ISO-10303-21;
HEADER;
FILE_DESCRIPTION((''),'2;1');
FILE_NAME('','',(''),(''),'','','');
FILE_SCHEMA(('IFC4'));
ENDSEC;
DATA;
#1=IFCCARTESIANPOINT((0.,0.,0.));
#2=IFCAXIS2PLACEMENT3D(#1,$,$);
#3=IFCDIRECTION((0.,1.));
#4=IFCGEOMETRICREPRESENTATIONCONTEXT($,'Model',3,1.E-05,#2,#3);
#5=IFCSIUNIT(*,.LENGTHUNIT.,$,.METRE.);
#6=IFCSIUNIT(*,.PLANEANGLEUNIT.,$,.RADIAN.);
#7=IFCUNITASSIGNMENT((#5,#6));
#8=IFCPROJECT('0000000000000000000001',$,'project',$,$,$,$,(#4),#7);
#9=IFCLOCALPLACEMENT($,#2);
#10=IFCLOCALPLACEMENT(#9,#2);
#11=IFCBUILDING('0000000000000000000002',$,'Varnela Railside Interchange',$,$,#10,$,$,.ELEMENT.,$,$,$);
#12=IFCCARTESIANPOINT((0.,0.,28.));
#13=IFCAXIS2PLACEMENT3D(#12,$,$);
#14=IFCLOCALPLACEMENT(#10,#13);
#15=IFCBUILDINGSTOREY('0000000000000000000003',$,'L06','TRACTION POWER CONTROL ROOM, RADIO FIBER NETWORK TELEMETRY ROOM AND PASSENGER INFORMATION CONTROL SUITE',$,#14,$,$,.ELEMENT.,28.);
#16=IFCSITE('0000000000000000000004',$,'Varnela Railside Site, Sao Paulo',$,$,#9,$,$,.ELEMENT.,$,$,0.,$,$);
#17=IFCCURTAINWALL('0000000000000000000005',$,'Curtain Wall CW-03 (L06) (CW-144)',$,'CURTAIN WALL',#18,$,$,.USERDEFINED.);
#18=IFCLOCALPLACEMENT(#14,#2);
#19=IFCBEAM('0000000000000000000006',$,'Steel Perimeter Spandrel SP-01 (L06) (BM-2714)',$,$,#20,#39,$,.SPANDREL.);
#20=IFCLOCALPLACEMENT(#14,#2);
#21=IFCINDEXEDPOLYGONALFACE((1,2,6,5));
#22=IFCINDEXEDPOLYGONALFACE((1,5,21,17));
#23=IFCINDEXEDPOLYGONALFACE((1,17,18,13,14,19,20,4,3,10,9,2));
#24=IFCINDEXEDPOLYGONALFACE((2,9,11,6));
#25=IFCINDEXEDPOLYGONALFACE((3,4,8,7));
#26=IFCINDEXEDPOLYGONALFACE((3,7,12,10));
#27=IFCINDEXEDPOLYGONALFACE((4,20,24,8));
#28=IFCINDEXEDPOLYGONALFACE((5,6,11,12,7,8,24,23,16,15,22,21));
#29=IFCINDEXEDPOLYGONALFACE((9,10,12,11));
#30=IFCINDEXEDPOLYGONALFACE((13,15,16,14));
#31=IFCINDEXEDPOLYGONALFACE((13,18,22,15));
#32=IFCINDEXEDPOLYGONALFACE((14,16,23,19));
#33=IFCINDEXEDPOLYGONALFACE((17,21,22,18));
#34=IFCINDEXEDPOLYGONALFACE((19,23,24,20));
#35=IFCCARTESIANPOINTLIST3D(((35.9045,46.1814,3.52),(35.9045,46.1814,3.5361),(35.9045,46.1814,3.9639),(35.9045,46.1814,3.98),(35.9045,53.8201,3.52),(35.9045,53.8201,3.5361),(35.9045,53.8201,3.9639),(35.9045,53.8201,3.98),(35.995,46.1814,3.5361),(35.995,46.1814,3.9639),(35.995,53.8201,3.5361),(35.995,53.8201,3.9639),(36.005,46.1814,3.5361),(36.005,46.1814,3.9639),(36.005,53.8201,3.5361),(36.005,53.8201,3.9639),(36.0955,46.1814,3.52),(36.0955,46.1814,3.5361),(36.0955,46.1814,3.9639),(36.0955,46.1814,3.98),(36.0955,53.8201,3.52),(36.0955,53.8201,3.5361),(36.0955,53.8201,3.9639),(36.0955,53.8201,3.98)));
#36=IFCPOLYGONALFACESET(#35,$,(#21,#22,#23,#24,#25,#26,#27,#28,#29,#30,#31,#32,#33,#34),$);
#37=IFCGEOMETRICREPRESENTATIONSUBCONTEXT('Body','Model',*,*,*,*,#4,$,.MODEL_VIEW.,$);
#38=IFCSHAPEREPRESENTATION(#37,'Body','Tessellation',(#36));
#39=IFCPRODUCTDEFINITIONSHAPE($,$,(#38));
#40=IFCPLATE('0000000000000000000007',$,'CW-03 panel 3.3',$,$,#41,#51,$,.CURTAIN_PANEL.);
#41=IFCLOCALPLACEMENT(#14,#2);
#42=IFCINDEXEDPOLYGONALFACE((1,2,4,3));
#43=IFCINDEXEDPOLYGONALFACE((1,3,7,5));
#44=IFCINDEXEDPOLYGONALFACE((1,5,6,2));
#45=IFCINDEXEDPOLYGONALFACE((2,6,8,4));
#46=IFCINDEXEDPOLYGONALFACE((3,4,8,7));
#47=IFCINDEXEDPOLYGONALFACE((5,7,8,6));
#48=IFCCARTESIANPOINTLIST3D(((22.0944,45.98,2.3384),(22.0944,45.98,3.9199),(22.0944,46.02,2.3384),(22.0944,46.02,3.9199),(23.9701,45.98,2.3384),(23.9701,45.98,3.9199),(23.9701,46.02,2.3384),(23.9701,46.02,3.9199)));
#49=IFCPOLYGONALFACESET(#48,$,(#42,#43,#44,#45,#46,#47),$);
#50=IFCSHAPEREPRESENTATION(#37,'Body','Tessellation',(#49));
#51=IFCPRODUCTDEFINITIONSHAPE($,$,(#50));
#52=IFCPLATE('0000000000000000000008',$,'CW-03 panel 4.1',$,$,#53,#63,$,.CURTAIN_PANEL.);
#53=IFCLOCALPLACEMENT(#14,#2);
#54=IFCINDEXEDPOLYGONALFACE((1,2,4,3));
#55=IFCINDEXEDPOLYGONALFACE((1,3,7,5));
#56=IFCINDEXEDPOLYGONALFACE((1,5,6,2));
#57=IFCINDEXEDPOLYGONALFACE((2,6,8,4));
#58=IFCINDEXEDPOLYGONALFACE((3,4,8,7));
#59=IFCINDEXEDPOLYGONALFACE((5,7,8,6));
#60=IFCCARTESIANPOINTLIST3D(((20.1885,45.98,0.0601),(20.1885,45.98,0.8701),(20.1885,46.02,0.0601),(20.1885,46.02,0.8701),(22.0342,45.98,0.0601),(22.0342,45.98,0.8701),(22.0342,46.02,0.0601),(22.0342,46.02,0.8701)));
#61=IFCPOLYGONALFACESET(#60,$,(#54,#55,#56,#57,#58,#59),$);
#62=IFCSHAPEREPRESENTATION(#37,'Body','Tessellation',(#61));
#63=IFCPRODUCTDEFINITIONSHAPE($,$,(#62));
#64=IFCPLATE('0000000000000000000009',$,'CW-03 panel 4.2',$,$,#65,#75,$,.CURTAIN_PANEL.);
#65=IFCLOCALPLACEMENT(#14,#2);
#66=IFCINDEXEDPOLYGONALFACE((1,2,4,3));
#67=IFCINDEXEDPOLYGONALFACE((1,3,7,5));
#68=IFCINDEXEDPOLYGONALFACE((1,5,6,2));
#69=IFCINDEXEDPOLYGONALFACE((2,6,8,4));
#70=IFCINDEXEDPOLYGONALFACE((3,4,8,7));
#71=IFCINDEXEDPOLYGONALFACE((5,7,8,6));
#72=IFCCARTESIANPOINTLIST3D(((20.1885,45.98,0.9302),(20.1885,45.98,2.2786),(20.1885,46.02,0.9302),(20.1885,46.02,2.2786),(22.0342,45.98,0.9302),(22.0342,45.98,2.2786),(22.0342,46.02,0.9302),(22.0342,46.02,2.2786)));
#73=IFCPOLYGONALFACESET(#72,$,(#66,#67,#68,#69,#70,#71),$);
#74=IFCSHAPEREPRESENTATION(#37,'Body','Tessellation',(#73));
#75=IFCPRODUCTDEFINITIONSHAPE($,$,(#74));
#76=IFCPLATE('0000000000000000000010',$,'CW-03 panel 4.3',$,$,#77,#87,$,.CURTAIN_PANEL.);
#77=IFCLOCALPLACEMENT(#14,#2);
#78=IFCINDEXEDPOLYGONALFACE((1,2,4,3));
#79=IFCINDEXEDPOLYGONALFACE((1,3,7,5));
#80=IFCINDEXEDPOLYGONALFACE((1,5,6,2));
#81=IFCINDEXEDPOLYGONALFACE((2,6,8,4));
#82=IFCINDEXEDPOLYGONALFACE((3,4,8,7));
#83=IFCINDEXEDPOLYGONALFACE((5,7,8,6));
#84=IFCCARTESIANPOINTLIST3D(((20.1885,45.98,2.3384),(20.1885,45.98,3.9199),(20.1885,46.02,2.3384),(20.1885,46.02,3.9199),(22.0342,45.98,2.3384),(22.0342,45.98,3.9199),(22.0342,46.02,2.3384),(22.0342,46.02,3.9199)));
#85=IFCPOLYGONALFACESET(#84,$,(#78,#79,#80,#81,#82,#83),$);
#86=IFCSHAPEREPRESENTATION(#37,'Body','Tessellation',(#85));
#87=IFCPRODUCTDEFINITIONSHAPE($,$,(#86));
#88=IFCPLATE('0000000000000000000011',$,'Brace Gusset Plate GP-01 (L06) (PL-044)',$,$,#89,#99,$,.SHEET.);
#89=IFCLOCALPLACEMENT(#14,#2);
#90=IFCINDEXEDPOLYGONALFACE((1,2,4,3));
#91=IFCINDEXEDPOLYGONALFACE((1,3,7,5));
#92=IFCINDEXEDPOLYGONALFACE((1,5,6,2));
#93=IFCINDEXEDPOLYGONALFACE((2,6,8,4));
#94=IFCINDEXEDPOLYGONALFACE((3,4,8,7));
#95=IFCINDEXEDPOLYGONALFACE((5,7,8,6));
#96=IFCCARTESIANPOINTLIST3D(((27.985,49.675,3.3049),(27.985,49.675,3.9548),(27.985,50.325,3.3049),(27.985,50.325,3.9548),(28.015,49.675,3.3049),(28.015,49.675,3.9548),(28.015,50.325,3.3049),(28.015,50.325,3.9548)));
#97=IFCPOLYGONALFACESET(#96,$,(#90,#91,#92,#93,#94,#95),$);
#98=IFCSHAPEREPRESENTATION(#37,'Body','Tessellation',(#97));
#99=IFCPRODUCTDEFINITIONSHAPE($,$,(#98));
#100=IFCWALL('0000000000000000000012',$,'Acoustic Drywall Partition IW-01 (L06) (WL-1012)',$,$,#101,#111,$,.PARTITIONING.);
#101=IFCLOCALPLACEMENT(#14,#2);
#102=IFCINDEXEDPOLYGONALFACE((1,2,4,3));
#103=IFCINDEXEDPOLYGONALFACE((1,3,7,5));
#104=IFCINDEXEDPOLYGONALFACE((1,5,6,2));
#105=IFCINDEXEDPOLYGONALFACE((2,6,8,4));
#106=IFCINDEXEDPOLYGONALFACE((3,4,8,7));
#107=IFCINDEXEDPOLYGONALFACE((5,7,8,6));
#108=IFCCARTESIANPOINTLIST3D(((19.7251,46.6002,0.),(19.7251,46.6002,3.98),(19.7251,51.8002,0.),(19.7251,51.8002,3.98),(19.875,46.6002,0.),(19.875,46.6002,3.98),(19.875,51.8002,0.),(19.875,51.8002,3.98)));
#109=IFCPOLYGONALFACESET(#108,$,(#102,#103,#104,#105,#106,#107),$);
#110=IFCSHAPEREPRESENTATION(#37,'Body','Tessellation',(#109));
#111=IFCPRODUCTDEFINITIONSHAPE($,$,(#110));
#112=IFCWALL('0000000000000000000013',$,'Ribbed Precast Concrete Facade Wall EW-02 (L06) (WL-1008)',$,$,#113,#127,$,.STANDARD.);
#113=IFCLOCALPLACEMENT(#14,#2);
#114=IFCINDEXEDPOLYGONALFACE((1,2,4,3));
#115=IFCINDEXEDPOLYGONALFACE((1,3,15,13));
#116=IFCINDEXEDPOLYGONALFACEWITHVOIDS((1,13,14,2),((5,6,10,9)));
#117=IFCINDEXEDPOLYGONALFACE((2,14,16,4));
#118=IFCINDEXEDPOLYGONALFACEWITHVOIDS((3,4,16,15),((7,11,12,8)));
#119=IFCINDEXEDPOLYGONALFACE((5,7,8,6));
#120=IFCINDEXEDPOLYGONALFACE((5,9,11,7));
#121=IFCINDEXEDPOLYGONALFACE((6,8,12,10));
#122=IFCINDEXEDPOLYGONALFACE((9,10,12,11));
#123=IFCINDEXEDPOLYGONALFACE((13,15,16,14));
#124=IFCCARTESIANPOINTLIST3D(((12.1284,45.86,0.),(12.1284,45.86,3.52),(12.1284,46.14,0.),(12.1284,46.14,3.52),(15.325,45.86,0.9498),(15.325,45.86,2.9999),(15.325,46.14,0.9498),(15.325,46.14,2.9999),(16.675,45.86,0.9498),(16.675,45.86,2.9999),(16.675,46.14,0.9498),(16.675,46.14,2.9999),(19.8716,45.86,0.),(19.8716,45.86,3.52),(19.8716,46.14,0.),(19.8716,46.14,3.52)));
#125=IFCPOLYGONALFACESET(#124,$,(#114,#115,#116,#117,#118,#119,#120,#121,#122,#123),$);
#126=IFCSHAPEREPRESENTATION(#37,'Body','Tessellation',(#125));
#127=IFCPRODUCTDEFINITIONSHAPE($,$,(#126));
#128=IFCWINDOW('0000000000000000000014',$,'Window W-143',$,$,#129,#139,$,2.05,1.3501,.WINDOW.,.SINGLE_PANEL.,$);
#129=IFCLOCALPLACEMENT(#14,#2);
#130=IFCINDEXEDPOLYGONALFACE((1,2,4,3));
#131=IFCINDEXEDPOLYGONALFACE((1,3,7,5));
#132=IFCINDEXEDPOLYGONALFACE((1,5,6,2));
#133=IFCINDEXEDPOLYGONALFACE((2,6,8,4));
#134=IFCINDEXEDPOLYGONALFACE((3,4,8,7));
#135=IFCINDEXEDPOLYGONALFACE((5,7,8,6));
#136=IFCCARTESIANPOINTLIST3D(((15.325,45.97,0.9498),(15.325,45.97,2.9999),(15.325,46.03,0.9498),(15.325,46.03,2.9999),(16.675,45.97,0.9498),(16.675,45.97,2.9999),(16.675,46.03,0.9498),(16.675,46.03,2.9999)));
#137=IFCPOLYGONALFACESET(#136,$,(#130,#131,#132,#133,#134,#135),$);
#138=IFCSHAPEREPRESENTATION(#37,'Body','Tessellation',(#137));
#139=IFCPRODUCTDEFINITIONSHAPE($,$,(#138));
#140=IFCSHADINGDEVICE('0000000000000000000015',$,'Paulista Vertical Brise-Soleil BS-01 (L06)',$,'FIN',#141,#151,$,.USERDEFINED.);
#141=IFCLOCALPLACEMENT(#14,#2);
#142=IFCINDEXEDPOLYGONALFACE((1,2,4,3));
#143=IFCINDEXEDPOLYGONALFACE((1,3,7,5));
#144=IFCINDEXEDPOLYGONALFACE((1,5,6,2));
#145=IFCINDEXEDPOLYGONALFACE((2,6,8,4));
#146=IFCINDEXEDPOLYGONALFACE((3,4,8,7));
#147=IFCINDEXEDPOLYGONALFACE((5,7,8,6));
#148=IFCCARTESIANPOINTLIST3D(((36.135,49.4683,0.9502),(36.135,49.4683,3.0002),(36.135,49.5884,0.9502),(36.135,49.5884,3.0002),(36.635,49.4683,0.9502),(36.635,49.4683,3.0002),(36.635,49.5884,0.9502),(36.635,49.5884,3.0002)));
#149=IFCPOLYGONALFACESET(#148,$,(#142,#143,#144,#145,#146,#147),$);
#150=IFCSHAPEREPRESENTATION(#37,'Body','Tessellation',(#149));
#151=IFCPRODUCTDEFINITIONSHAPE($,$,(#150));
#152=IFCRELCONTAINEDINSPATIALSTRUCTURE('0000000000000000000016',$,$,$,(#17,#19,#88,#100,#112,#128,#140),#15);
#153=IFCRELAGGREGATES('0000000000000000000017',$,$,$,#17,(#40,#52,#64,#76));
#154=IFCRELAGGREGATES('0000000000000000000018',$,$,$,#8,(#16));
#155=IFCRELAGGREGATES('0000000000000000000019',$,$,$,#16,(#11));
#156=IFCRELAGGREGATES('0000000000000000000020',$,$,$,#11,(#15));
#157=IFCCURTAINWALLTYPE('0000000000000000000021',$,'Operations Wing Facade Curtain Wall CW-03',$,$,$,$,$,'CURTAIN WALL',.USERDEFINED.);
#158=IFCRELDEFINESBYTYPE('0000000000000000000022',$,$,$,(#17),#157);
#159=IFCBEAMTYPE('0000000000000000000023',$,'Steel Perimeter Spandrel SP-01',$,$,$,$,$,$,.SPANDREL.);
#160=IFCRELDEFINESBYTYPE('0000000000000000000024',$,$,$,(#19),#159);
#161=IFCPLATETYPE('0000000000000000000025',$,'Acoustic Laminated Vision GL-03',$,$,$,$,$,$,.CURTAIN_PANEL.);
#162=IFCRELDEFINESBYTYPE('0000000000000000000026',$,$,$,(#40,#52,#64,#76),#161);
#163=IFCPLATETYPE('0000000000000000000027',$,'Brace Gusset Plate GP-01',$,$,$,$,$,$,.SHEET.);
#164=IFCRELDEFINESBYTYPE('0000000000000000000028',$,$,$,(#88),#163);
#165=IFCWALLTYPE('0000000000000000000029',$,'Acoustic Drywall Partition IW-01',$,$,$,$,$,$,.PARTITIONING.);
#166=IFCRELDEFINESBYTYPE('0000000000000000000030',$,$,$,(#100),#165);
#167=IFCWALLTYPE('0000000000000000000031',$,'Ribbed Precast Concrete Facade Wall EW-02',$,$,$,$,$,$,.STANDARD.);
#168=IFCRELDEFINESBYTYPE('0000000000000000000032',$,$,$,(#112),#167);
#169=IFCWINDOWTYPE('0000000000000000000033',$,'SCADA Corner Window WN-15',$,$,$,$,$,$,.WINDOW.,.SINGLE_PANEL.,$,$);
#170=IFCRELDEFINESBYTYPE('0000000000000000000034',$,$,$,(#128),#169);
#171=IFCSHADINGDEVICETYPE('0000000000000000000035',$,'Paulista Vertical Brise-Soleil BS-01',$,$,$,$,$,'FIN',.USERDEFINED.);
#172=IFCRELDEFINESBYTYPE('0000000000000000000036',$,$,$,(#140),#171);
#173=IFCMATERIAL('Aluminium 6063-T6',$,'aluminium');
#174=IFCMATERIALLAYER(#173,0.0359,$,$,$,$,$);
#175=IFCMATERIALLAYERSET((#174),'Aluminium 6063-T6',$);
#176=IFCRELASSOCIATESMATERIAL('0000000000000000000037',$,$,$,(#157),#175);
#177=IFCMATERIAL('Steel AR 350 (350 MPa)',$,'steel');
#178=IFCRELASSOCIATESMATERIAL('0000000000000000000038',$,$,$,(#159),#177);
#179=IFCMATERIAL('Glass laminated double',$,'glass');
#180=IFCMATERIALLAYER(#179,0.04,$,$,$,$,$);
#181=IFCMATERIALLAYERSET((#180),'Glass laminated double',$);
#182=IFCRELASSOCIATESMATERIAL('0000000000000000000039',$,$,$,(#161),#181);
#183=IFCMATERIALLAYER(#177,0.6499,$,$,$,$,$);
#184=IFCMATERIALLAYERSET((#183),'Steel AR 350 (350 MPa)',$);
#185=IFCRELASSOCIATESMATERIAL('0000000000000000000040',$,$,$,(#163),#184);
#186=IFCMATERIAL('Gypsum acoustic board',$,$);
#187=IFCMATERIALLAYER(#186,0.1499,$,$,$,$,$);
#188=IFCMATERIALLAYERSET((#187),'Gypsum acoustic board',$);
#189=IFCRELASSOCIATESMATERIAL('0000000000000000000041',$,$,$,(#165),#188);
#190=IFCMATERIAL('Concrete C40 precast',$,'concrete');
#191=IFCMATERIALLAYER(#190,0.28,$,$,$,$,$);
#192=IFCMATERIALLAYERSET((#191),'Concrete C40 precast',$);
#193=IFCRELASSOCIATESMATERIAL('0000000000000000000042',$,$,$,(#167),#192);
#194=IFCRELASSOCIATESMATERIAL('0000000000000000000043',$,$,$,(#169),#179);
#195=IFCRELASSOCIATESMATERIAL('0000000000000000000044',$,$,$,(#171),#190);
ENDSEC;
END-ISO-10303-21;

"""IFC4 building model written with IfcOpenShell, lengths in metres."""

from ifc_helpers import new_model, si_unit, direction, frame, frame_2d, origin, origin_2d, place, context, subcontext, project, spatial, rectangle, i_section, extrude, material, layer, layer_set, material_profile, profile_set, type_object, element, fill, aggregate, save


model = new_model("IFC4")

# Units and contexts
model_context = context("Model", 3, precision=1e-05, world=origin(), true_north=direction((0.0, 1.0)))
body_context = subcontext(model_context, "Body", "Model", "MODEL_VIEW")
ifc_project = project(units=[si_unit("LENGTHUNIT", "METRE"), si_unit("PLANEANGLEUNIT", "RADIAN")], contexts=[model_context])

# Site, building, storey
site_placement = place(None, origin())
site = spatial("IfcSite", under=ifc_project, at=site_placement, Name="Varnela Railside Site, Sao Paulo", CompositionType="ELEMENT", RefElevation=0.0)
building_placement = place(site_placement, origin())
building = spatial("IfcBuilding", under=site, at=building_placement, Name="Varnela Railside Interchange", CompositionType="ELEMENT")
storey_placement = place(building_placement, frame((0.0, 0.0, 28.0)))
storey = spatial("IfcBuildingStorey", under=building, at=storey_placement, Name="L06", Description="TRACTION POWER CONTROL ROOM, RADIO FIBER NETWORK TELEMETRY ROOM AND PASSENGER INFORMATION CONTROL SUITE", CompositionType="ELEMENT", Elevation=28.0)

# Shared definitions
ifc_material_1 = material(Name="Steel AR 350 (350 MPa)", Category="steel")

# Curtain wall
ifc_material_2 = material(Name="Aluminium 6063-T6", Category="aluminium")
ifc_layer_1 = layer(ifc_material_2, 0.0359)
ifc_layer_set_1 = layer_set([ifc_layer_1], Name="Aluminium 6063-T6")
curtain_wall_type = type_object("IfcCurtainWallType", Name="Operations Wing Facade Curtain Wall CW-03", ElementType="CURTAIN WALL", PredefinedType="USERDEFINED", material=ifc_layer_set_1)
curtain_wall_placement = place(storey_placement, origin())
curtain_wall = element("IfcCurtainWall", 1, at=curtain_wall_placement, inside=storey, type_object=curtain_wall_type, Name="Curtain Wall CW-03 (L06) (CW-144)", ObjectType="CURTAIN WALL", PredefinedType="USERDEFINED")

# Beam
ifc_material_profile_1 = material_profile(ifc_material_1, i_section(OverallWidth=0.1909, OverallDepth=0.46, WebThickness=0.01, FlangeThickness=0.0161, at=origin_2d()), Name="W460x82")
ifc_profile_set_1 = profile_set([ifc_material_profile_1], Name="Steel AR 350 (350 MPa)")
beam_type_1 = type_object("IfcBeamType", Name="Steel Perimeter Spandrel SP-01", PredefinedType="SPANDREL", material=ifc_profile_set_1)
for number, where, z_axis, x_axis, name in (
    (2, (36.0, 46.1814, 3.75), (0.0, 1.0, 0.0), (-1.0, 0.0, 0.0), "Steel Perimeter Spandrel SP-01 (L06) (BM-2714)"),
):
    element("IfcBeam", number, at=place(storey_placement, frame(where, z_axis=z_axis, x_axis=x_axis)), inside=storey, type_object=beam_type_1, Name=name, PredefinedType="SPANDREL", context=body_context, shape_type="SweptSolid", body=[
        extrude(i_section(OverallWidth=0.1909, OverallDepth=0.46, WebThickness=0.01, FlangeThickness=0.0161, at=origin_2d()), origin(), (0.0, 0.0, 1.0), 7.6387),
    ])

# Plates
ifc_material_3 = material(Name="Glass laminated double", Category="glass")
ifc_layer_2 = layer(ifc_material_3, 0.04)
ifc_layer_set_2 = layer_set([ifc_layer_2], Name="Glass laminated double")
plate_type_1 = type_object("IfcPlateType", Name="Acoustic Laminated Vision GL-03", PredefinedType="CURTAIN_PANEL", material=ifc_layer_set_2)
plate_1_placement = place(storey_placement, frame((23.0322, 46.0, 2.3384), z_axis=(0.0, 0.0, 1.0), x_axis=(-1.0, 0.0, 0.0)))
plate_1 = element("IfcPlate", 3, at=plate_1_placement, type_object=plate_type_1, Name="CW-03 panel 3.3", PredefinedType="CURTAIN_PANEL", context=body_context, shape_type="SweptSolid", body=[
    extrude(rectangle(XDim=1.8757, YDim=0.04, at=origin_2d()), origin(), (0.0, 0.0, 1.0), 1.5815),
])
plate_2_placement = place(storey_placement, frame((21.1113, 46.0, 0.0601), z_axis=(0.0, 0.0, 1.0), x_axis=(-1.0, 0.0, 0.0)))
plate_2 = element("IfcPlate", 4, at=plate_2_placement, type_object=plate_type_1, Name="CW-03 panel 4.1", PredefinedType="CURTAIN_PANEL", context=body_context, shape_type="SweptSolid", body=[
    extrude(rectangle(XDim=1.8457, YDim=0.04, at=origin_2d()), origin(), (0.0, 0.0, 1.0), 0.8101),
])
plate_3_placement = place(storey_placement, frame((21.1113, 46.0, 0.9302), z_axis=(0.0, 0.0, 1.0), x_axis=(-1.0, 0.0, 0.0)))
plate_3 = element("IfcPlate", 5, at=plate_3_placement, type_object=plate_type_1, Name="CW-03 panel 4.2", PredefinedType="CURTAIN_PANEL", context=body_context, shape_type="SweptSolid", body=[
    extrude(rectangle(XDim=1.8457, YDim=0.04, at=origin_2d()), origin(), (0.0, 0.0, 1.0), 1.3484),
])
plate_4_placement = place(storey_placement, frame((21.1113, 46.0, 2.3384), z_axis=(0.0, 0.0, 1.0), x_axis=(-1.0, 0.0, 0.0)))
plate_4 = element("IfcPlate", 6, at=plate_4_placement, type_object=plate_type_1, Name="CW-03 panel 4.3", PredefinedType="CURTAIN_PANEL", context=body_context, shape_type="SweptSolid", body=[
    extrude(rectangle(XDim=1.8457, YDim=0.04, at=origin_2d()), origin(), (0.0, 0.0, 1.0), 1.5815),
])
aggregate(curtain_wall, [plate_1, plate_2, plate_3, plate_4])
ifc_layer_3 = layer(ifc_material_1, 0.6499)
ifc_layer_set_3 = layer_set([ifc_layer_3], Name="Steel AR 350 (350 MPa)")
plate_type_2 = type_object("IfcPlateType", Name="Brace Gusset Plate GP-01", PredefinedType="SHEET", material=ifc_layer_set_3)
plate_5_placement = place(storey_placement, frame((28.0, 50.0, 3.3049), z_axis=(0.0, 0.0, 1.0), x_axis=(0.0, 1.0, 0.0)))
element("IfcPlate", 7, at=plate_5_placement, inside=storey, type_object=plate_type_2, Name="Brace Gusset Plate GP-01 (L06) (PL-044)", PredefinedType="SHEET", context=body_context, shape_type="SweptSolid", body=[
    extrude(rectangle(XDim=0.6499, YDim=0.03, at=origin_2d()), origin(), (0.0, 0.0, 1.0), 0.6499),
])

# Wall
ifc_material_4 = material(Name="Gypsum acoustic board")
ifc_layer_4 = layer(ifc_material_4, 0.1499)
ifc_layer_set_4 = layer_set([ifc_layer_4], Name="Gypsum acoustic board")
wall_type_1 = type_object("IfcWallType", Name="Acoustic Drywall Partition IW-01", PredefinedType="PARTITIONING", material=ifc_layer_set_4)
wall_1_placement = place(storey_placement, frame((19.8, 46.6001, 0.0), z_axis=(0.0, 0.0, 1.0), x_axis=(0.0, 1.0, 0.0)))
element("IfcWall", 8, at=wall_1_placement, inside=storey, type_object=wall_type_1, Name="Acoustic Drywall Partition IW-01 (L06) (WL-1012)", PredefinedType="PARTITIONING", context=body_context, shape_type="SweptSolid", body=[
    extrude(rectangle(XDim=5.2, YDim=0.1499, at=frame_2d((2.6001, 0.0))), origin(), (0.0, 0.0, 1.0), 3.98),
])

# Wall, opening, window
ifc_material_5 = material(Name="Concrete C40 precast", Category="concrete")
ifc_layer_5 = layer(ifc_material_5, 0.28)
ifc_layer_set_5 = layer_set([ifc_layer_5], Name="Concrete C40 precast")
wall_type_2 = type_object("IfcWallType", Name="Ribbed Precast Concrete Facade Wall EW-02", PredefinedType="STANDARD", material=ifc_layer_set_5)
wall_2_placement = place(storey_placement, frame((19.8716, 46.0, 0.0), z_axis=(0.0, 0.0, 1.0), x_axis=(-1.0, 0.0, 0.0)))
wall_2 = element("IfcWall", 9, at=wall_2_placement, inside=storey, type_object=wall_type_2, Name="Ribbed Precast Concrete Facade Wall EW-02 (L06) (WL-1008)", PredefinedType="STANDARD", context=body_context, shape_type="SweptSolid", body=[
    extrude(rectangle(XDim=7.7432, YDim=0.28, at=frame_2d((3.8716, 0.0))), origin(), (0.0, 0.0, 1.0), 3.52),
])
opening_placement = place(wall_2_placement, frame((3.1965, 0.0, 0.95)))
opening = element("IfcOpeningElement", 10, at=opening_placement, cuts=wall_2, PredefinedType="OPENING", context=body_context, shape_type="SweptSolid", body=[
    extrude(rectangle(XDim=1.3501, YDim=2.05, at=frame_2d((0.675, 1.0249))), frame((0.0, 0.1499, 0.0), z_axis=(0.0, -1.0, 0.0), x_axis=(1.0, 0.0, 0.0)), (0.0, 0.0, 1.0), 0.3),
])
window_type = type_object("IfcWindowType", Name="SCADA Corner Window WN-15", PartitioningType="SINGLE_PANEL", PredefinedType="WINDOW", material=ifc_material_3)
window_placement = place(opening_placement, origin())
window = element("IfcWindow", 11, at=window_placement, inside=storey, type_object=window_type, Name="Window W-143", OverallHeight=2.05, OverallWidth=1.3501, PartitioningType="SINGLE_PANEL", PredefinedType="WINDOW", context=body_context, shape_type="SweptSolid", body=[
    extrude(rectangle(XDim=1.3501, YDim=2.05, at=frame_2d((0.675, 1.0249))), frame((0.0, 0.03, 0.0), z_axis=(0.0, -1.0, 0.0), x_axis=(1.0, 0.0, 0.0)), (0.0, 0.0, 1.0), 0.0601),
])
fill(opening, window)

# Shading device
shading_device_type = type_object("IfcShadingDeviceType", Name="Paulista Vertical Brise-Soleil BS-01", ElementType="FIN", PredefinedType="USERDEFINED", material=ifc_material_5)
shading_device_placement = place(storey_placement, frame((36.385, 49.5283, 0.9502), z_axis=(0.0, 0.0, 1.0), x_axis=(1.0, 0.0, 0.0)))
element("IfcShadingDevice", 12, at=shading_device_placement, inside=storey, type_object=shading_device_type, Name="Paulista Vertical Brise-Soleil BS-01 (L06)", ObjectType="FIN", PredefinedType="USERDEFINED", context=body_context, shape_type="SweptSolid", body=[
    extrude(rectangle(XDim=0.5, YDim=0.1201, at=origin_2d()), origin(), (0.0, 0.0, 1.0), 2.05),
])

save(model, "model.ifc")
